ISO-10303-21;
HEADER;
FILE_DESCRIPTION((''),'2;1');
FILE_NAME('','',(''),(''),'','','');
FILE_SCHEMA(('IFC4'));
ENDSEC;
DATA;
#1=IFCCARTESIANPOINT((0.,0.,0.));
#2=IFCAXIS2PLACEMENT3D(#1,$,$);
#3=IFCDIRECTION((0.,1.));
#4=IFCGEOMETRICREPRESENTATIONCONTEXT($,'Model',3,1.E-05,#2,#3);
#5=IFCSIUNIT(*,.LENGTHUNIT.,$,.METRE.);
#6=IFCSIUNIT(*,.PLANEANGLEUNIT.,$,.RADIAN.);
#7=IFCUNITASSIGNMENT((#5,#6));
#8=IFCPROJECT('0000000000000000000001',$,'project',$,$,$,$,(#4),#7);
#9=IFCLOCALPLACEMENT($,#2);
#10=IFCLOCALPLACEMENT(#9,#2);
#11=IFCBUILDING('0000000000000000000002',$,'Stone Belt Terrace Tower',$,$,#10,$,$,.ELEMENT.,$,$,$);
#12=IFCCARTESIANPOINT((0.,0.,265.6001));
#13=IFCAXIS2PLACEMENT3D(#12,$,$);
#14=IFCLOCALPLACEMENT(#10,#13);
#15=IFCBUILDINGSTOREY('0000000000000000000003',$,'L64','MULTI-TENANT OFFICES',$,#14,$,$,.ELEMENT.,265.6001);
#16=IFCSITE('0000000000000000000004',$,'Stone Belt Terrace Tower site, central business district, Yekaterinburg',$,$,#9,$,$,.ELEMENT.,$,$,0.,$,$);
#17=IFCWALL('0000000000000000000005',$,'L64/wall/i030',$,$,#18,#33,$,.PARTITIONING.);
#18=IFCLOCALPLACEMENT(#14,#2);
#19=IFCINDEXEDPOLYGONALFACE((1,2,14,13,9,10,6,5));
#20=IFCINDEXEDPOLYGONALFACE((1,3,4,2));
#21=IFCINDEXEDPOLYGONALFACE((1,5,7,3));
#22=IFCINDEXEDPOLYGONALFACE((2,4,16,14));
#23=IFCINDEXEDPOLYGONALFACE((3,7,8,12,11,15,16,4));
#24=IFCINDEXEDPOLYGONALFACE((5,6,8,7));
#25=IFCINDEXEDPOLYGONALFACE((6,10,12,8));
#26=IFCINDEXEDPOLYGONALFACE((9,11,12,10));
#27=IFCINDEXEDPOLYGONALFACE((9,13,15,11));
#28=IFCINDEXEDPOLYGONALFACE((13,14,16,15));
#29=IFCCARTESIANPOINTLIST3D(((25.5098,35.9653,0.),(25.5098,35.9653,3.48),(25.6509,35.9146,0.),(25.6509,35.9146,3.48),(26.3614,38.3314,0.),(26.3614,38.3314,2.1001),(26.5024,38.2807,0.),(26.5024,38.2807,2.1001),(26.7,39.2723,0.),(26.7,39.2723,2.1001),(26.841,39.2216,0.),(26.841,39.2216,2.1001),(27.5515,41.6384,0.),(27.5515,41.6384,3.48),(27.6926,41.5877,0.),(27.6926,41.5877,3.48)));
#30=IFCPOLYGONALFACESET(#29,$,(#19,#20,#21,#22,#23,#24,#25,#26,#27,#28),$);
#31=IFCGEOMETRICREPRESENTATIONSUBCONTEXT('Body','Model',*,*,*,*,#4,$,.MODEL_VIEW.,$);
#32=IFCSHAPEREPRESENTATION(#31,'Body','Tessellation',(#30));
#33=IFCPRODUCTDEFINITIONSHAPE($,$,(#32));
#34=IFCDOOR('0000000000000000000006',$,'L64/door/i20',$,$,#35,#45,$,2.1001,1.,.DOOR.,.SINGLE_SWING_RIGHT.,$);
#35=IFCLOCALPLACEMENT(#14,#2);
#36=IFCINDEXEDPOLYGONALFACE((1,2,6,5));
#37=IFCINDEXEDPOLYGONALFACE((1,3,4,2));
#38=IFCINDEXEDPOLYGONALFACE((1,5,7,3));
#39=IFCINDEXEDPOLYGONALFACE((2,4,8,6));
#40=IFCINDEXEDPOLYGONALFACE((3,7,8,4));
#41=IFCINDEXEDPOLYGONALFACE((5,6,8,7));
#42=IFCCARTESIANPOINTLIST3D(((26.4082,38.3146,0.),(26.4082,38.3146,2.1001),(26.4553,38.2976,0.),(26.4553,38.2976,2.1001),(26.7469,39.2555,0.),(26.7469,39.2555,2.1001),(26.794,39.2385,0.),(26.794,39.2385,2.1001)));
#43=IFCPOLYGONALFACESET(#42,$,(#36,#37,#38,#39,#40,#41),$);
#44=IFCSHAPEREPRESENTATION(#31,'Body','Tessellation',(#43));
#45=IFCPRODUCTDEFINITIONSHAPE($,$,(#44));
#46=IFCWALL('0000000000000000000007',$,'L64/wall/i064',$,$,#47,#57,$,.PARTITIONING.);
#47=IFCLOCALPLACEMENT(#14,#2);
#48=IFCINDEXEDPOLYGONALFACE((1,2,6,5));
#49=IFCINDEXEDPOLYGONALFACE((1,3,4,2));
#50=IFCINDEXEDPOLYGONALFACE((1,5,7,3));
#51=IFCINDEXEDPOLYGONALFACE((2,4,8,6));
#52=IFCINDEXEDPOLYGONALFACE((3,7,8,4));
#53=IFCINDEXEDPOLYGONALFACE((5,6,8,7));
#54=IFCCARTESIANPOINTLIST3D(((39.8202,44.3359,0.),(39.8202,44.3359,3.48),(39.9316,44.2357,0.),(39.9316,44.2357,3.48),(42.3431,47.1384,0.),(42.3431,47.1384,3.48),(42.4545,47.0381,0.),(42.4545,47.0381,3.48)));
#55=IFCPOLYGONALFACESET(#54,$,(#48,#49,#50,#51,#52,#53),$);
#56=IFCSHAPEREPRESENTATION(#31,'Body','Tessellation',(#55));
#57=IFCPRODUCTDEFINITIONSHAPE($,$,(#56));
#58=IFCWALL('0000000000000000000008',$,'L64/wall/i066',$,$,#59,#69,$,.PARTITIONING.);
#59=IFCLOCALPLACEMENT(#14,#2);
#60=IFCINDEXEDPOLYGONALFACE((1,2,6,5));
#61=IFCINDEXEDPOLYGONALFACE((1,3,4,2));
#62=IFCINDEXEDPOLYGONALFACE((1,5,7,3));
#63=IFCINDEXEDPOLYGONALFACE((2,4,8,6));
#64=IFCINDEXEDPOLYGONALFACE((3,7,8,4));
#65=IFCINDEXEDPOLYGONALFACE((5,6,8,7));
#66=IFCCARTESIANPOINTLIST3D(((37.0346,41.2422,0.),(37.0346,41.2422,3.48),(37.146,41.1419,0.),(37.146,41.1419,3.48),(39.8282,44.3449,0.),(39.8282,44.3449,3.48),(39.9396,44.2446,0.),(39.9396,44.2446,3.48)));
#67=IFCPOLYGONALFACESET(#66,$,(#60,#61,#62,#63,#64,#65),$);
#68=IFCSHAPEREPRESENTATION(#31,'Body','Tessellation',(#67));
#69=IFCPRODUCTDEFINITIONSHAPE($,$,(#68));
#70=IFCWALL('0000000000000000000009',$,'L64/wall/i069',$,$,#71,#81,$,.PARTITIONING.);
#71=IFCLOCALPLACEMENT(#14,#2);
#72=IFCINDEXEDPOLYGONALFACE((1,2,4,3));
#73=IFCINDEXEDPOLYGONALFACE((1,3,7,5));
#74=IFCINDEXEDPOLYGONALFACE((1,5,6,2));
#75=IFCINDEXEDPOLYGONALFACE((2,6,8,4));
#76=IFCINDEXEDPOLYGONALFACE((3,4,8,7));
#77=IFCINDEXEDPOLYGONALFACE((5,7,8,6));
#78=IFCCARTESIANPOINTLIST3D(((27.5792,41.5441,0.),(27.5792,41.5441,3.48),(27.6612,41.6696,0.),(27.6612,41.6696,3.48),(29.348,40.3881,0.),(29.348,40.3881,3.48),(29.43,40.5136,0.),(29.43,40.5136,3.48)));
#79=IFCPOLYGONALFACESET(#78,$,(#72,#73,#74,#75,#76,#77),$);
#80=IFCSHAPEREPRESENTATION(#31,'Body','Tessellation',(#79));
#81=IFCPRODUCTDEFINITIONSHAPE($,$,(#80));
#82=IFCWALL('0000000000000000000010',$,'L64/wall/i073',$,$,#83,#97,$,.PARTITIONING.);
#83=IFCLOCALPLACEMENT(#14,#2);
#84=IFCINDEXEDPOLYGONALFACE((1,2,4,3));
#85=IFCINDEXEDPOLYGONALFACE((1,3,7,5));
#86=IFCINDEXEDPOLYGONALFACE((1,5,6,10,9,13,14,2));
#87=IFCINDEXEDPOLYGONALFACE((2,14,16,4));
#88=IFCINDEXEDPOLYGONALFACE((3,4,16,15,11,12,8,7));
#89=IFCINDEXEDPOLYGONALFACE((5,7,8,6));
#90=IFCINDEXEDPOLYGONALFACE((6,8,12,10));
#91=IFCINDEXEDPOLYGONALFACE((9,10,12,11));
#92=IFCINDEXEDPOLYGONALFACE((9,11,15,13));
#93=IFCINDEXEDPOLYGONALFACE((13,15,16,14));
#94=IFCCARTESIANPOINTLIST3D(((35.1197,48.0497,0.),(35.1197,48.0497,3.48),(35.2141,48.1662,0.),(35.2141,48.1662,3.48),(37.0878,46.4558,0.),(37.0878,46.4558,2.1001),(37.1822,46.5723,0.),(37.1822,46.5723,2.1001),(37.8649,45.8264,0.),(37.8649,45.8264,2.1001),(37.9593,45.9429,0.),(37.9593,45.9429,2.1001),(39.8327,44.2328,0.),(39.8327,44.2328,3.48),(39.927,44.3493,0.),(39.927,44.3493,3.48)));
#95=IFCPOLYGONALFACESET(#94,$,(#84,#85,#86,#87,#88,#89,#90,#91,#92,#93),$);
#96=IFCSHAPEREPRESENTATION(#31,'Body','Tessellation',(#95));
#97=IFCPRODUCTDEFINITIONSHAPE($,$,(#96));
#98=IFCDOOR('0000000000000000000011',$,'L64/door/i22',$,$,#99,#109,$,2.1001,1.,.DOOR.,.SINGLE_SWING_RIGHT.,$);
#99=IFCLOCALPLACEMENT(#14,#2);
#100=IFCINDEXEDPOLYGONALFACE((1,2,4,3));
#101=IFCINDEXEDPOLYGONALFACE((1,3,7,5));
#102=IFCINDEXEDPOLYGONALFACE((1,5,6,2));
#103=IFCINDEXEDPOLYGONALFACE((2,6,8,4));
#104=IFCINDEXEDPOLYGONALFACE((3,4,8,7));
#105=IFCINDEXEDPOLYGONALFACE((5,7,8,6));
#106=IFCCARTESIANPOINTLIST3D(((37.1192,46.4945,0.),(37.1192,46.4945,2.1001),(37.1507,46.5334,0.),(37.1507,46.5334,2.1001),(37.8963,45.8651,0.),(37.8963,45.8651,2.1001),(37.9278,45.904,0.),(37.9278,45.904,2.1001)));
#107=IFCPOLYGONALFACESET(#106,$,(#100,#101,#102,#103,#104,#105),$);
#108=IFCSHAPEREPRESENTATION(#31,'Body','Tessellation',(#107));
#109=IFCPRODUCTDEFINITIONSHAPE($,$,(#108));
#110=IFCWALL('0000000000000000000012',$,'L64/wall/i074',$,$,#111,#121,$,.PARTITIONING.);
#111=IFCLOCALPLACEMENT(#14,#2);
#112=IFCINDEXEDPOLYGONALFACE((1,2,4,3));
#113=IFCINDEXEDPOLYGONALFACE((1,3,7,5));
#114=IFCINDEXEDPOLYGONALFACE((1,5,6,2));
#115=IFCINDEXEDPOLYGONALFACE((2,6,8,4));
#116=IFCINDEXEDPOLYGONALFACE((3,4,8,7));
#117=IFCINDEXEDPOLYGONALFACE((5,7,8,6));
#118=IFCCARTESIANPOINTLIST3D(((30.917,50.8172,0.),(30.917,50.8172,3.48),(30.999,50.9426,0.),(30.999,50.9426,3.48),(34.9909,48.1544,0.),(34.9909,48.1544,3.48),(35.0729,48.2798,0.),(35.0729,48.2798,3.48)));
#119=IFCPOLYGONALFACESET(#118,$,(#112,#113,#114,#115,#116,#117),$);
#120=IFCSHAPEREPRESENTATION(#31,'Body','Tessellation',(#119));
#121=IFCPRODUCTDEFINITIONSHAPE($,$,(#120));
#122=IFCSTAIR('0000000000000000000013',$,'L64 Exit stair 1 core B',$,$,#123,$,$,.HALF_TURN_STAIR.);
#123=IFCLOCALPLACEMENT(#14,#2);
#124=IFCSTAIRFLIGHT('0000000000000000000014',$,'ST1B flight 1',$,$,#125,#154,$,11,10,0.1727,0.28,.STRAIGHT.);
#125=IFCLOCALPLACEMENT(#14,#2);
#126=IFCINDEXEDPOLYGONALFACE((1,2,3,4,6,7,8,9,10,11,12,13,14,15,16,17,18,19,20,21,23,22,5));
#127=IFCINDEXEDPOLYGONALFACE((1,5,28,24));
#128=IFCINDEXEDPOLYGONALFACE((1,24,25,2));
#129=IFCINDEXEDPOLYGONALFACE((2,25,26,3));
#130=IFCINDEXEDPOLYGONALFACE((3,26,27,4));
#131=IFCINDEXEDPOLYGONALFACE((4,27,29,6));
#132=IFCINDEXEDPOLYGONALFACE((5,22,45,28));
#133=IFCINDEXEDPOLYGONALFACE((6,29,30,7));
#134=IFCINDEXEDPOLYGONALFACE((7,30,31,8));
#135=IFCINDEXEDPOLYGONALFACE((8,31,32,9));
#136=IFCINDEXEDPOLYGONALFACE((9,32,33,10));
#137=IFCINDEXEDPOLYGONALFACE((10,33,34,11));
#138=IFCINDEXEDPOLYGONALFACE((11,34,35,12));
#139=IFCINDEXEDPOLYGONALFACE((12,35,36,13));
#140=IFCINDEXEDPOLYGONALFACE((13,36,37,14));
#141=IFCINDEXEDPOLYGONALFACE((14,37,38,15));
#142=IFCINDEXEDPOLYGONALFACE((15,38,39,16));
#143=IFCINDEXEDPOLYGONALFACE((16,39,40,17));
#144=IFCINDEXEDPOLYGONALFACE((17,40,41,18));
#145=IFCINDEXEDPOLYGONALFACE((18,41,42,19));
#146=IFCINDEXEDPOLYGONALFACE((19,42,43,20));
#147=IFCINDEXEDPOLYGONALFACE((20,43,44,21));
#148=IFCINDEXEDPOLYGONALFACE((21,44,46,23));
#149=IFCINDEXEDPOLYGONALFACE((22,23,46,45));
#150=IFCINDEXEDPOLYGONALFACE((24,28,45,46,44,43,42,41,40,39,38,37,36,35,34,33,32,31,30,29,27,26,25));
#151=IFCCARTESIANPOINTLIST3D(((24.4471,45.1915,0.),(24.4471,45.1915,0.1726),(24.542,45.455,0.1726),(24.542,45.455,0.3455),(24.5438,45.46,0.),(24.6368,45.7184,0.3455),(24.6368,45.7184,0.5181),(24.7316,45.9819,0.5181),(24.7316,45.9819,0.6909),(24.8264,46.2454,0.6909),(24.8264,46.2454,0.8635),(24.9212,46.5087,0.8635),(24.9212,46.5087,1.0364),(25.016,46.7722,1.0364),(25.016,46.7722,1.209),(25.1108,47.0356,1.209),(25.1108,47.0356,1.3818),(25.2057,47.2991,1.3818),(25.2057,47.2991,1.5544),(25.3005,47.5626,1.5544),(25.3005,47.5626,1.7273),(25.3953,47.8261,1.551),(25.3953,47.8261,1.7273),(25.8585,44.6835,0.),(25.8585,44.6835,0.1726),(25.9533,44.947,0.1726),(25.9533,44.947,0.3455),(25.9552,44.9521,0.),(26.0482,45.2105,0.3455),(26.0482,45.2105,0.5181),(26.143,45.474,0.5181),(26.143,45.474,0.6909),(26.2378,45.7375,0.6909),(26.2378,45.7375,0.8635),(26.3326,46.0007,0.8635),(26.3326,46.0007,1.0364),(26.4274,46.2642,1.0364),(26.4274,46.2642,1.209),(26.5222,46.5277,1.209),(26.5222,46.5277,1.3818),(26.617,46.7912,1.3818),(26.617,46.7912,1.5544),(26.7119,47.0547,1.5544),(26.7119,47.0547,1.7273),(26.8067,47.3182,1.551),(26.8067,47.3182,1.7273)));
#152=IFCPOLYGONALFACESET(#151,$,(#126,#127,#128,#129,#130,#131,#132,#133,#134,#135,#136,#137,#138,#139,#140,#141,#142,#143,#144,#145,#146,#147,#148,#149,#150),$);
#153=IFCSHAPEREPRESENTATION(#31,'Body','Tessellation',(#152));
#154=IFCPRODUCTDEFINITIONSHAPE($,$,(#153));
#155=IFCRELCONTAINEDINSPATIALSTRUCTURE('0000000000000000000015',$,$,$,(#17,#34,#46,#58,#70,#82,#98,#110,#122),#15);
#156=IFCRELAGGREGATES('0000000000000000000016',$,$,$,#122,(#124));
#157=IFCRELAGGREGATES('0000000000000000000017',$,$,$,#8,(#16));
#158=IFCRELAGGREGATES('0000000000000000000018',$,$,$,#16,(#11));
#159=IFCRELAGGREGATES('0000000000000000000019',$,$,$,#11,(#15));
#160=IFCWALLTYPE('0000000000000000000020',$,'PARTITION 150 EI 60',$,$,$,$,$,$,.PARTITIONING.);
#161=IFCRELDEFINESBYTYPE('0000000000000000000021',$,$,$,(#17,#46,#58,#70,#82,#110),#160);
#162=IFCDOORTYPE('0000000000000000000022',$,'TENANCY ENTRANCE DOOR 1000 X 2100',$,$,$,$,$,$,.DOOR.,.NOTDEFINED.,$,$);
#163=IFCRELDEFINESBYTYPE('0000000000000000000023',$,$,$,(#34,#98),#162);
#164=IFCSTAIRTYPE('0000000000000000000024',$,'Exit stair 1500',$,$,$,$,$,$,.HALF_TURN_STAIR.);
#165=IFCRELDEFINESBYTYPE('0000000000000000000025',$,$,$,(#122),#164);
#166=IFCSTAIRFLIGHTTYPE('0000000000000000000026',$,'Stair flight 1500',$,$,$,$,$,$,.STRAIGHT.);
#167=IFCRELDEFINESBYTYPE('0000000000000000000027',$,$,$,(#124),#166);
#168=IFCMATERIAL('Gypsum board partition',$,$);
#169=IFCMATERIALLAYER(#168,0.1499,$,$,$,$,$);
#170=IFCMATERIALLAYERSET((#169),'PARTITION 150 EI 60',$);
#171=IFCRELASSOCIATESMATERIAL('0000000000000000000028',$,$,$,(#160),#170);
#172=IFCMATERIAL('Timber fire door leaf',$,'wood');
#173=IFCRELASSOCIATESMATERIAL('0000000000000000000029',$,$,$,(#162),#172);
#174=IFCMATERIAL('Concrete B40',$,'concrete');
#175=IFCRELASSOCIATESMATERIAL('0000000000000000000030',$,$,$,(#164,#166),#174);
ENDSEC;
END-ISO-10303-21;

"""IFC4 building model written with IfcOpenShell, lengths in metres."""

from ifc_helpers import new_model, si_unit, direction, frame, frame_2d, origin, place, context, subcontext, project, spatial, polyline, rectangle, outline, extrude, material, layer, layer_set, type_object, element, fill, aggregate, save


model = new_model("IFC4")

# Units and contexts
model_context = context("Model", 3, precision=1e-05, world=origin(), true_north=direction((0.0, 1.0)))
body_context = subcontext(model_context, "Body", "Model", "MODEL_VIEW")
ifc_project = project(units=[si_unit("LENGTHUNIT", "METRE"), si_unit("PLANEANGLEUNIT", "RADIAN")], contexts=[model_context])

# Site, building, storey
site_placement = place(None, origin())
site = spatial("IfcSite", under=ifc_project, at=site_placement, Name="Stone Belt Terrace Tower site, central business district, Yekaterinburg", CompositionType="ELEMENT", RefElevation=0.0)
building_placement = place(site_placement, origin())
building = spatial("IfcBuilding", under=site, at=building_placement, Name="Stone Belt Terrace Tower", CompositionType="ELEMENT")
storey_placement = place(building_placement, frame((0.0, 0.0, 265.6001)))
storey = spatial("IfcBuildingStorey", under=building, at=storey_placement, Name="L64", Description="MULTI-TENANT OFFICES", CompositionType="ELEMENT", Elevation=265.6001)

# Shared definitions
ifc_material_1 = material(Name="Gypsum board partition")

# Wall, opening, door
ifc_layer_1 = layer(ifc_material_1, 0.1499)
ifc_layer_set_1 = layer_set([ifc_layer_1], Name="PARTITION 150 EI 60")
wall_type_1 = type_object("IfcWallType", Name="PARTITION 150 EI 60", PredefinedType="PARTITIONING", material=ifc_layer_set_1)
wall_1_placement = place(storey_placement, frame((27.6221, 41.613, 0.0), z_axis=(0.0, 0.0, 1.0), x_axis=(-0.338636, -0.940917, 0.0)))
wall_1 = element("IfcWall", 1, at=wall_1_placement, inside=storey, type_object=wall_type_1, Name="L64/wall/i030", PredefinedType="PARTITIONING", context=body_context, shape_type="SweptSolid", body=[
    extrude(rectangle(XDim=6.0293, YDim=0.1499, at=frame_2d((3.0146, 0.0))), origin(), (0.0, 0.0, 1.0), 3.48),
])
opening_1_placement = place(wall_1_placement, frame((2.5146, 0.0, 0.0)))
opening_1 = element("IfcOpeningElement", 2, at=opening_1_placement, cuts=wall_1, PredefinedType="OPENING", context=body_context, shape_type="SweptSolid", body=[
    extrude(rectangle(XDim=1.0, YDim=2.1001, at=frame_2d((0.5, 1.05))), frame((0.0, 0.085, 0.0), z_axis=(0.0, -1.0, 0.0), x_axis=(1.0, 0.0, 0.0)), (0.0, 0.0, 1.0), 0.1699),
])
ifc_material_2 = material(Name="Timber fire door leaf", Category="wood")
door_type_1 = type_object("IfcDoorType", Name="TENANCY ENTRANCE DOOR 1000 X 2100", OperationType="NOTDEFINED", PredefinedType="DOOR", material=ifc_material_2)
door_1_placement = place(opening_1_placement, origin())
door_1 = element("IfcDoor", 3, at=door_1_placement, inside=storey, type_object=door_type_1, Name="L64/door/i20", OperationType="SINGLE_SWING_RIGHT", OverallHeight=2.1001, OverallWidth=1.0, PredefinedType="DOOR", context=body_context, shape_type="SweptSolid", body=[
    extrude(rectangle(XDim=1.0, YDim=2.1001, at=frame_2d((0.5, 1.05))), frame((0.0, 0.0249, 0.0), z_axis=(0.0, -1.0, 0.0), x_axis=(1.0, 0.0, 0.0)), (0.0, 0.0, 1.0), 0.05),
])
fill(opening_1, door_1)

# Walls
wall_2_placement = place(storey_placement, frame((39.876, 44.2859, 0.0), z_axis=(0.0, 0.0, 1.0), x_axis=(0.669068, 0.743201, 0.0)))
element("IfcWall", 4, at=wall_2_placement, inside=storey, type_object=wall_type_1, Name="L64/wall/i064", PredefinedType="PARTITIONING", context=body_context, shape_type="SweptSolid", body=[
    extrude(rectangle(XDim=3.7708, YDim=0.1499, at=frame_2d((1.8853, 0.0))), origin(), (0.0, 0.0, 1.0), 3.48),
])
wall_3_placement = place(storey_placement, frame((37.0903, 41.1921, 0.0), z_axis=(0.0, 0.0, 1.0), x_axis=(0.669123, 0.743152, 0.0)))
element("IfcWall", 5, at=wall_3_placement, inside=storey, type_object=wall_type_1, Name="L64/wall/i066", PredefinedType="PARTITIONING", context=body_context, shape_type="SweptSolid", body=[
    extrude(rectangle(XDim=4.175, YDim=0.1499, at=frame_2d((2.0874, 0.0))), origin(), (0.0, 0.0, 1.0), 3.48),
])
wall_4_placement = place(storey_placement, frame((27.6201, 41.6069, 0.0), z_axis=(0.0, 0.0, 1.0), x_axis=(0.837082, -0.547078, 0.0)))
element("IfcWall", 6, at=wall_4_placement, inside=storey, type_object=wall_type_1, Name="L64/wall/i069", PredefinedType="PARTITIONING", context=body_context, shape_type="SweptSolid", body=[
    extrude(rectangle(XDim=2.113, YDim=0.1499, at=frame_2d((1.0566, 0.0))), origin(), (0.0, 0.0, 1.0), 3.48),
])

# Wall, opening, door
wall_5_placement = place(storey_placement, frame((35.167, 48.1079, 0.0), z_axis=(0.0, 0.0, 1.0), x_axis=(0.777108, -0.629367, 0.0)))
wall_5 = element("IfcWall", 7, at=wall_5_placement, inside=storey, type_object=wall_type_1, Name="L64/wall/i073", PredefinedType="PARTITIONING", context=body_context, shape_type="SweptSolid", body=[
    extrude(rectangle(XDim=6.0647, YDim=0.1499, at=frame_2d((3.0322, 0.0))), origin(), (0.0, 0.0, 1.0), 3.48),
])
opening_2_placement = place(wall_5_placement, frame((2.5325, 0.0, 0.0)))
opening_2 = element("IfcOpeningElement", 8, at=opening_2_placement, cuts=wall_5, PredefinedType="OPENING", context=body_context, shape_type="SweptSolid", body=[
    extrude(rectangle(XDim=1.0, YDim=2.1001, at=frame_2d((0.5, 1.05))), frame((0.0, 0.085, 0.0), z_axis=(0.0, -1.0, 0.0), x_axis=(1.0, 0.0, 0.0)), (0.0, 0.0, 1.0), 0.1699),
])
door_2_placement = place(opening_2_placement, origin())
door_2 = element("IfcDoor", 9, at=door_2_placement, inside=storey, type_object=door_type_1, Name="L64/door/i22", OperationType="SINGLE_SWING_RIGHT", OverallHeight=2.1001, OverallWidth=1.0, PredefinedType="DOOR", context=body_context, shape_type="SweptSolid", body=[
    extrude(rectangle(XDim=1.0, YDim=2.1001, at=frame_2d((0.5, 1.05))), frame((0.0, 0.0249, 0.0), z_axis=(0.0, -1.0, 0.0), x_axis=(1.0, 0.0, 0.0)), (0.0, 0.0, 1.0), 0.05),
])
fill(opening_2, door_2)

# Wall
wall_6_placement = place(storey_placement, frame((35.032, 48.217, 0.0), z_axis=(0.0, 0.0, 1.0), x_axis=(-0.837055, 0.547118, 0.0)))
element("IfcWall", 10, at=wall_6_placement, inside=storey, type_object=wall_type_1, Name="L64/wall/i074", PredefinedType="PARTITIONING", context=body_context, shape_type="SweptSolid", body=[
    extrude(rectangle(XDim=4.8669, YDim=0.1499, at=frame_2d((2.4336, 0.0))), origin(), (0.0, 0.0, 1.0), 3.48),
])

# Stair, stair flight
ifc_material_3 = material(Name="Concrete B40", Category="concrete")
stair_type = type_object("IfcStairType", Name="Exit stair 1500", PredefinedType="HALF_TURN_STAIR", material=ifc_material_3)
stair_placement = place(storey_placement, origin())
stair = element("IfcStair", 11, at=stair_placement, inside=storey, type_object=stair_type, Name="L64 Exit stair 1 core B", PredefinedType="HALF_TURN_STAIR")
stair_flight_type = type_object("IfcStairFlightType", Name="Stair flight 1500", PredefinedType="STRAIGHT", material=ifc_material_3)
stair_flight_placement = place(storey_placement, frame((25.1528, 44.9375, 0.0), z_axis=(0.0, 0.0, 1.0), x_axis=(0.338624, 0.940922, 0.0)))
stair_flight = element("IfcStairFlight", 12, at=stair_flight_placement, type_object=stair_flight_type, Name="ST1B flight 1", NumberOfRisers=11, NumberOfTreads=10, PredefinedType="STRAIGHT", RiserHeight=0.1727, TreadLength=0.28, context=body_context, shape_type="SweptSolid", body=[
    extrude(outline(polyline([(0.0, 0.0), (0.0, 0.1726), (0.28, 0.1726), (0.28, 0.3455), (0.5601, 0.3455), (0.5601, 0.5181), (0.8401, 0.5181), (0.8401, 0.6909), (1.1201, 0.6909), (1.1201, 0.8635), (1.3999, 0.8635), (1.3999, 1.0364), (1.6799, 1.0364), (1.6799, 1.209), (1.96, 1.209), (1.96, 1.3818), (2.24, 1.3818), (2.24, 1.5544), (2.52, 1.5544), (2.52, 1.7273), (2.8, 1.7273), (2.8, 1.8999), (2.8, 1.551), (0.2854, 0.0), (0.0, 0.0)])), frame((0.0, 0.75, 0.0), z_axis=(0.0, -1.0, 0.0), x_axis=(1.0, 0.0, 0.0)), (0.0, 0.0, 1.0), 1.5),
])
aggregate(stair, [stair_flight])

save(model, "model.ifc")
